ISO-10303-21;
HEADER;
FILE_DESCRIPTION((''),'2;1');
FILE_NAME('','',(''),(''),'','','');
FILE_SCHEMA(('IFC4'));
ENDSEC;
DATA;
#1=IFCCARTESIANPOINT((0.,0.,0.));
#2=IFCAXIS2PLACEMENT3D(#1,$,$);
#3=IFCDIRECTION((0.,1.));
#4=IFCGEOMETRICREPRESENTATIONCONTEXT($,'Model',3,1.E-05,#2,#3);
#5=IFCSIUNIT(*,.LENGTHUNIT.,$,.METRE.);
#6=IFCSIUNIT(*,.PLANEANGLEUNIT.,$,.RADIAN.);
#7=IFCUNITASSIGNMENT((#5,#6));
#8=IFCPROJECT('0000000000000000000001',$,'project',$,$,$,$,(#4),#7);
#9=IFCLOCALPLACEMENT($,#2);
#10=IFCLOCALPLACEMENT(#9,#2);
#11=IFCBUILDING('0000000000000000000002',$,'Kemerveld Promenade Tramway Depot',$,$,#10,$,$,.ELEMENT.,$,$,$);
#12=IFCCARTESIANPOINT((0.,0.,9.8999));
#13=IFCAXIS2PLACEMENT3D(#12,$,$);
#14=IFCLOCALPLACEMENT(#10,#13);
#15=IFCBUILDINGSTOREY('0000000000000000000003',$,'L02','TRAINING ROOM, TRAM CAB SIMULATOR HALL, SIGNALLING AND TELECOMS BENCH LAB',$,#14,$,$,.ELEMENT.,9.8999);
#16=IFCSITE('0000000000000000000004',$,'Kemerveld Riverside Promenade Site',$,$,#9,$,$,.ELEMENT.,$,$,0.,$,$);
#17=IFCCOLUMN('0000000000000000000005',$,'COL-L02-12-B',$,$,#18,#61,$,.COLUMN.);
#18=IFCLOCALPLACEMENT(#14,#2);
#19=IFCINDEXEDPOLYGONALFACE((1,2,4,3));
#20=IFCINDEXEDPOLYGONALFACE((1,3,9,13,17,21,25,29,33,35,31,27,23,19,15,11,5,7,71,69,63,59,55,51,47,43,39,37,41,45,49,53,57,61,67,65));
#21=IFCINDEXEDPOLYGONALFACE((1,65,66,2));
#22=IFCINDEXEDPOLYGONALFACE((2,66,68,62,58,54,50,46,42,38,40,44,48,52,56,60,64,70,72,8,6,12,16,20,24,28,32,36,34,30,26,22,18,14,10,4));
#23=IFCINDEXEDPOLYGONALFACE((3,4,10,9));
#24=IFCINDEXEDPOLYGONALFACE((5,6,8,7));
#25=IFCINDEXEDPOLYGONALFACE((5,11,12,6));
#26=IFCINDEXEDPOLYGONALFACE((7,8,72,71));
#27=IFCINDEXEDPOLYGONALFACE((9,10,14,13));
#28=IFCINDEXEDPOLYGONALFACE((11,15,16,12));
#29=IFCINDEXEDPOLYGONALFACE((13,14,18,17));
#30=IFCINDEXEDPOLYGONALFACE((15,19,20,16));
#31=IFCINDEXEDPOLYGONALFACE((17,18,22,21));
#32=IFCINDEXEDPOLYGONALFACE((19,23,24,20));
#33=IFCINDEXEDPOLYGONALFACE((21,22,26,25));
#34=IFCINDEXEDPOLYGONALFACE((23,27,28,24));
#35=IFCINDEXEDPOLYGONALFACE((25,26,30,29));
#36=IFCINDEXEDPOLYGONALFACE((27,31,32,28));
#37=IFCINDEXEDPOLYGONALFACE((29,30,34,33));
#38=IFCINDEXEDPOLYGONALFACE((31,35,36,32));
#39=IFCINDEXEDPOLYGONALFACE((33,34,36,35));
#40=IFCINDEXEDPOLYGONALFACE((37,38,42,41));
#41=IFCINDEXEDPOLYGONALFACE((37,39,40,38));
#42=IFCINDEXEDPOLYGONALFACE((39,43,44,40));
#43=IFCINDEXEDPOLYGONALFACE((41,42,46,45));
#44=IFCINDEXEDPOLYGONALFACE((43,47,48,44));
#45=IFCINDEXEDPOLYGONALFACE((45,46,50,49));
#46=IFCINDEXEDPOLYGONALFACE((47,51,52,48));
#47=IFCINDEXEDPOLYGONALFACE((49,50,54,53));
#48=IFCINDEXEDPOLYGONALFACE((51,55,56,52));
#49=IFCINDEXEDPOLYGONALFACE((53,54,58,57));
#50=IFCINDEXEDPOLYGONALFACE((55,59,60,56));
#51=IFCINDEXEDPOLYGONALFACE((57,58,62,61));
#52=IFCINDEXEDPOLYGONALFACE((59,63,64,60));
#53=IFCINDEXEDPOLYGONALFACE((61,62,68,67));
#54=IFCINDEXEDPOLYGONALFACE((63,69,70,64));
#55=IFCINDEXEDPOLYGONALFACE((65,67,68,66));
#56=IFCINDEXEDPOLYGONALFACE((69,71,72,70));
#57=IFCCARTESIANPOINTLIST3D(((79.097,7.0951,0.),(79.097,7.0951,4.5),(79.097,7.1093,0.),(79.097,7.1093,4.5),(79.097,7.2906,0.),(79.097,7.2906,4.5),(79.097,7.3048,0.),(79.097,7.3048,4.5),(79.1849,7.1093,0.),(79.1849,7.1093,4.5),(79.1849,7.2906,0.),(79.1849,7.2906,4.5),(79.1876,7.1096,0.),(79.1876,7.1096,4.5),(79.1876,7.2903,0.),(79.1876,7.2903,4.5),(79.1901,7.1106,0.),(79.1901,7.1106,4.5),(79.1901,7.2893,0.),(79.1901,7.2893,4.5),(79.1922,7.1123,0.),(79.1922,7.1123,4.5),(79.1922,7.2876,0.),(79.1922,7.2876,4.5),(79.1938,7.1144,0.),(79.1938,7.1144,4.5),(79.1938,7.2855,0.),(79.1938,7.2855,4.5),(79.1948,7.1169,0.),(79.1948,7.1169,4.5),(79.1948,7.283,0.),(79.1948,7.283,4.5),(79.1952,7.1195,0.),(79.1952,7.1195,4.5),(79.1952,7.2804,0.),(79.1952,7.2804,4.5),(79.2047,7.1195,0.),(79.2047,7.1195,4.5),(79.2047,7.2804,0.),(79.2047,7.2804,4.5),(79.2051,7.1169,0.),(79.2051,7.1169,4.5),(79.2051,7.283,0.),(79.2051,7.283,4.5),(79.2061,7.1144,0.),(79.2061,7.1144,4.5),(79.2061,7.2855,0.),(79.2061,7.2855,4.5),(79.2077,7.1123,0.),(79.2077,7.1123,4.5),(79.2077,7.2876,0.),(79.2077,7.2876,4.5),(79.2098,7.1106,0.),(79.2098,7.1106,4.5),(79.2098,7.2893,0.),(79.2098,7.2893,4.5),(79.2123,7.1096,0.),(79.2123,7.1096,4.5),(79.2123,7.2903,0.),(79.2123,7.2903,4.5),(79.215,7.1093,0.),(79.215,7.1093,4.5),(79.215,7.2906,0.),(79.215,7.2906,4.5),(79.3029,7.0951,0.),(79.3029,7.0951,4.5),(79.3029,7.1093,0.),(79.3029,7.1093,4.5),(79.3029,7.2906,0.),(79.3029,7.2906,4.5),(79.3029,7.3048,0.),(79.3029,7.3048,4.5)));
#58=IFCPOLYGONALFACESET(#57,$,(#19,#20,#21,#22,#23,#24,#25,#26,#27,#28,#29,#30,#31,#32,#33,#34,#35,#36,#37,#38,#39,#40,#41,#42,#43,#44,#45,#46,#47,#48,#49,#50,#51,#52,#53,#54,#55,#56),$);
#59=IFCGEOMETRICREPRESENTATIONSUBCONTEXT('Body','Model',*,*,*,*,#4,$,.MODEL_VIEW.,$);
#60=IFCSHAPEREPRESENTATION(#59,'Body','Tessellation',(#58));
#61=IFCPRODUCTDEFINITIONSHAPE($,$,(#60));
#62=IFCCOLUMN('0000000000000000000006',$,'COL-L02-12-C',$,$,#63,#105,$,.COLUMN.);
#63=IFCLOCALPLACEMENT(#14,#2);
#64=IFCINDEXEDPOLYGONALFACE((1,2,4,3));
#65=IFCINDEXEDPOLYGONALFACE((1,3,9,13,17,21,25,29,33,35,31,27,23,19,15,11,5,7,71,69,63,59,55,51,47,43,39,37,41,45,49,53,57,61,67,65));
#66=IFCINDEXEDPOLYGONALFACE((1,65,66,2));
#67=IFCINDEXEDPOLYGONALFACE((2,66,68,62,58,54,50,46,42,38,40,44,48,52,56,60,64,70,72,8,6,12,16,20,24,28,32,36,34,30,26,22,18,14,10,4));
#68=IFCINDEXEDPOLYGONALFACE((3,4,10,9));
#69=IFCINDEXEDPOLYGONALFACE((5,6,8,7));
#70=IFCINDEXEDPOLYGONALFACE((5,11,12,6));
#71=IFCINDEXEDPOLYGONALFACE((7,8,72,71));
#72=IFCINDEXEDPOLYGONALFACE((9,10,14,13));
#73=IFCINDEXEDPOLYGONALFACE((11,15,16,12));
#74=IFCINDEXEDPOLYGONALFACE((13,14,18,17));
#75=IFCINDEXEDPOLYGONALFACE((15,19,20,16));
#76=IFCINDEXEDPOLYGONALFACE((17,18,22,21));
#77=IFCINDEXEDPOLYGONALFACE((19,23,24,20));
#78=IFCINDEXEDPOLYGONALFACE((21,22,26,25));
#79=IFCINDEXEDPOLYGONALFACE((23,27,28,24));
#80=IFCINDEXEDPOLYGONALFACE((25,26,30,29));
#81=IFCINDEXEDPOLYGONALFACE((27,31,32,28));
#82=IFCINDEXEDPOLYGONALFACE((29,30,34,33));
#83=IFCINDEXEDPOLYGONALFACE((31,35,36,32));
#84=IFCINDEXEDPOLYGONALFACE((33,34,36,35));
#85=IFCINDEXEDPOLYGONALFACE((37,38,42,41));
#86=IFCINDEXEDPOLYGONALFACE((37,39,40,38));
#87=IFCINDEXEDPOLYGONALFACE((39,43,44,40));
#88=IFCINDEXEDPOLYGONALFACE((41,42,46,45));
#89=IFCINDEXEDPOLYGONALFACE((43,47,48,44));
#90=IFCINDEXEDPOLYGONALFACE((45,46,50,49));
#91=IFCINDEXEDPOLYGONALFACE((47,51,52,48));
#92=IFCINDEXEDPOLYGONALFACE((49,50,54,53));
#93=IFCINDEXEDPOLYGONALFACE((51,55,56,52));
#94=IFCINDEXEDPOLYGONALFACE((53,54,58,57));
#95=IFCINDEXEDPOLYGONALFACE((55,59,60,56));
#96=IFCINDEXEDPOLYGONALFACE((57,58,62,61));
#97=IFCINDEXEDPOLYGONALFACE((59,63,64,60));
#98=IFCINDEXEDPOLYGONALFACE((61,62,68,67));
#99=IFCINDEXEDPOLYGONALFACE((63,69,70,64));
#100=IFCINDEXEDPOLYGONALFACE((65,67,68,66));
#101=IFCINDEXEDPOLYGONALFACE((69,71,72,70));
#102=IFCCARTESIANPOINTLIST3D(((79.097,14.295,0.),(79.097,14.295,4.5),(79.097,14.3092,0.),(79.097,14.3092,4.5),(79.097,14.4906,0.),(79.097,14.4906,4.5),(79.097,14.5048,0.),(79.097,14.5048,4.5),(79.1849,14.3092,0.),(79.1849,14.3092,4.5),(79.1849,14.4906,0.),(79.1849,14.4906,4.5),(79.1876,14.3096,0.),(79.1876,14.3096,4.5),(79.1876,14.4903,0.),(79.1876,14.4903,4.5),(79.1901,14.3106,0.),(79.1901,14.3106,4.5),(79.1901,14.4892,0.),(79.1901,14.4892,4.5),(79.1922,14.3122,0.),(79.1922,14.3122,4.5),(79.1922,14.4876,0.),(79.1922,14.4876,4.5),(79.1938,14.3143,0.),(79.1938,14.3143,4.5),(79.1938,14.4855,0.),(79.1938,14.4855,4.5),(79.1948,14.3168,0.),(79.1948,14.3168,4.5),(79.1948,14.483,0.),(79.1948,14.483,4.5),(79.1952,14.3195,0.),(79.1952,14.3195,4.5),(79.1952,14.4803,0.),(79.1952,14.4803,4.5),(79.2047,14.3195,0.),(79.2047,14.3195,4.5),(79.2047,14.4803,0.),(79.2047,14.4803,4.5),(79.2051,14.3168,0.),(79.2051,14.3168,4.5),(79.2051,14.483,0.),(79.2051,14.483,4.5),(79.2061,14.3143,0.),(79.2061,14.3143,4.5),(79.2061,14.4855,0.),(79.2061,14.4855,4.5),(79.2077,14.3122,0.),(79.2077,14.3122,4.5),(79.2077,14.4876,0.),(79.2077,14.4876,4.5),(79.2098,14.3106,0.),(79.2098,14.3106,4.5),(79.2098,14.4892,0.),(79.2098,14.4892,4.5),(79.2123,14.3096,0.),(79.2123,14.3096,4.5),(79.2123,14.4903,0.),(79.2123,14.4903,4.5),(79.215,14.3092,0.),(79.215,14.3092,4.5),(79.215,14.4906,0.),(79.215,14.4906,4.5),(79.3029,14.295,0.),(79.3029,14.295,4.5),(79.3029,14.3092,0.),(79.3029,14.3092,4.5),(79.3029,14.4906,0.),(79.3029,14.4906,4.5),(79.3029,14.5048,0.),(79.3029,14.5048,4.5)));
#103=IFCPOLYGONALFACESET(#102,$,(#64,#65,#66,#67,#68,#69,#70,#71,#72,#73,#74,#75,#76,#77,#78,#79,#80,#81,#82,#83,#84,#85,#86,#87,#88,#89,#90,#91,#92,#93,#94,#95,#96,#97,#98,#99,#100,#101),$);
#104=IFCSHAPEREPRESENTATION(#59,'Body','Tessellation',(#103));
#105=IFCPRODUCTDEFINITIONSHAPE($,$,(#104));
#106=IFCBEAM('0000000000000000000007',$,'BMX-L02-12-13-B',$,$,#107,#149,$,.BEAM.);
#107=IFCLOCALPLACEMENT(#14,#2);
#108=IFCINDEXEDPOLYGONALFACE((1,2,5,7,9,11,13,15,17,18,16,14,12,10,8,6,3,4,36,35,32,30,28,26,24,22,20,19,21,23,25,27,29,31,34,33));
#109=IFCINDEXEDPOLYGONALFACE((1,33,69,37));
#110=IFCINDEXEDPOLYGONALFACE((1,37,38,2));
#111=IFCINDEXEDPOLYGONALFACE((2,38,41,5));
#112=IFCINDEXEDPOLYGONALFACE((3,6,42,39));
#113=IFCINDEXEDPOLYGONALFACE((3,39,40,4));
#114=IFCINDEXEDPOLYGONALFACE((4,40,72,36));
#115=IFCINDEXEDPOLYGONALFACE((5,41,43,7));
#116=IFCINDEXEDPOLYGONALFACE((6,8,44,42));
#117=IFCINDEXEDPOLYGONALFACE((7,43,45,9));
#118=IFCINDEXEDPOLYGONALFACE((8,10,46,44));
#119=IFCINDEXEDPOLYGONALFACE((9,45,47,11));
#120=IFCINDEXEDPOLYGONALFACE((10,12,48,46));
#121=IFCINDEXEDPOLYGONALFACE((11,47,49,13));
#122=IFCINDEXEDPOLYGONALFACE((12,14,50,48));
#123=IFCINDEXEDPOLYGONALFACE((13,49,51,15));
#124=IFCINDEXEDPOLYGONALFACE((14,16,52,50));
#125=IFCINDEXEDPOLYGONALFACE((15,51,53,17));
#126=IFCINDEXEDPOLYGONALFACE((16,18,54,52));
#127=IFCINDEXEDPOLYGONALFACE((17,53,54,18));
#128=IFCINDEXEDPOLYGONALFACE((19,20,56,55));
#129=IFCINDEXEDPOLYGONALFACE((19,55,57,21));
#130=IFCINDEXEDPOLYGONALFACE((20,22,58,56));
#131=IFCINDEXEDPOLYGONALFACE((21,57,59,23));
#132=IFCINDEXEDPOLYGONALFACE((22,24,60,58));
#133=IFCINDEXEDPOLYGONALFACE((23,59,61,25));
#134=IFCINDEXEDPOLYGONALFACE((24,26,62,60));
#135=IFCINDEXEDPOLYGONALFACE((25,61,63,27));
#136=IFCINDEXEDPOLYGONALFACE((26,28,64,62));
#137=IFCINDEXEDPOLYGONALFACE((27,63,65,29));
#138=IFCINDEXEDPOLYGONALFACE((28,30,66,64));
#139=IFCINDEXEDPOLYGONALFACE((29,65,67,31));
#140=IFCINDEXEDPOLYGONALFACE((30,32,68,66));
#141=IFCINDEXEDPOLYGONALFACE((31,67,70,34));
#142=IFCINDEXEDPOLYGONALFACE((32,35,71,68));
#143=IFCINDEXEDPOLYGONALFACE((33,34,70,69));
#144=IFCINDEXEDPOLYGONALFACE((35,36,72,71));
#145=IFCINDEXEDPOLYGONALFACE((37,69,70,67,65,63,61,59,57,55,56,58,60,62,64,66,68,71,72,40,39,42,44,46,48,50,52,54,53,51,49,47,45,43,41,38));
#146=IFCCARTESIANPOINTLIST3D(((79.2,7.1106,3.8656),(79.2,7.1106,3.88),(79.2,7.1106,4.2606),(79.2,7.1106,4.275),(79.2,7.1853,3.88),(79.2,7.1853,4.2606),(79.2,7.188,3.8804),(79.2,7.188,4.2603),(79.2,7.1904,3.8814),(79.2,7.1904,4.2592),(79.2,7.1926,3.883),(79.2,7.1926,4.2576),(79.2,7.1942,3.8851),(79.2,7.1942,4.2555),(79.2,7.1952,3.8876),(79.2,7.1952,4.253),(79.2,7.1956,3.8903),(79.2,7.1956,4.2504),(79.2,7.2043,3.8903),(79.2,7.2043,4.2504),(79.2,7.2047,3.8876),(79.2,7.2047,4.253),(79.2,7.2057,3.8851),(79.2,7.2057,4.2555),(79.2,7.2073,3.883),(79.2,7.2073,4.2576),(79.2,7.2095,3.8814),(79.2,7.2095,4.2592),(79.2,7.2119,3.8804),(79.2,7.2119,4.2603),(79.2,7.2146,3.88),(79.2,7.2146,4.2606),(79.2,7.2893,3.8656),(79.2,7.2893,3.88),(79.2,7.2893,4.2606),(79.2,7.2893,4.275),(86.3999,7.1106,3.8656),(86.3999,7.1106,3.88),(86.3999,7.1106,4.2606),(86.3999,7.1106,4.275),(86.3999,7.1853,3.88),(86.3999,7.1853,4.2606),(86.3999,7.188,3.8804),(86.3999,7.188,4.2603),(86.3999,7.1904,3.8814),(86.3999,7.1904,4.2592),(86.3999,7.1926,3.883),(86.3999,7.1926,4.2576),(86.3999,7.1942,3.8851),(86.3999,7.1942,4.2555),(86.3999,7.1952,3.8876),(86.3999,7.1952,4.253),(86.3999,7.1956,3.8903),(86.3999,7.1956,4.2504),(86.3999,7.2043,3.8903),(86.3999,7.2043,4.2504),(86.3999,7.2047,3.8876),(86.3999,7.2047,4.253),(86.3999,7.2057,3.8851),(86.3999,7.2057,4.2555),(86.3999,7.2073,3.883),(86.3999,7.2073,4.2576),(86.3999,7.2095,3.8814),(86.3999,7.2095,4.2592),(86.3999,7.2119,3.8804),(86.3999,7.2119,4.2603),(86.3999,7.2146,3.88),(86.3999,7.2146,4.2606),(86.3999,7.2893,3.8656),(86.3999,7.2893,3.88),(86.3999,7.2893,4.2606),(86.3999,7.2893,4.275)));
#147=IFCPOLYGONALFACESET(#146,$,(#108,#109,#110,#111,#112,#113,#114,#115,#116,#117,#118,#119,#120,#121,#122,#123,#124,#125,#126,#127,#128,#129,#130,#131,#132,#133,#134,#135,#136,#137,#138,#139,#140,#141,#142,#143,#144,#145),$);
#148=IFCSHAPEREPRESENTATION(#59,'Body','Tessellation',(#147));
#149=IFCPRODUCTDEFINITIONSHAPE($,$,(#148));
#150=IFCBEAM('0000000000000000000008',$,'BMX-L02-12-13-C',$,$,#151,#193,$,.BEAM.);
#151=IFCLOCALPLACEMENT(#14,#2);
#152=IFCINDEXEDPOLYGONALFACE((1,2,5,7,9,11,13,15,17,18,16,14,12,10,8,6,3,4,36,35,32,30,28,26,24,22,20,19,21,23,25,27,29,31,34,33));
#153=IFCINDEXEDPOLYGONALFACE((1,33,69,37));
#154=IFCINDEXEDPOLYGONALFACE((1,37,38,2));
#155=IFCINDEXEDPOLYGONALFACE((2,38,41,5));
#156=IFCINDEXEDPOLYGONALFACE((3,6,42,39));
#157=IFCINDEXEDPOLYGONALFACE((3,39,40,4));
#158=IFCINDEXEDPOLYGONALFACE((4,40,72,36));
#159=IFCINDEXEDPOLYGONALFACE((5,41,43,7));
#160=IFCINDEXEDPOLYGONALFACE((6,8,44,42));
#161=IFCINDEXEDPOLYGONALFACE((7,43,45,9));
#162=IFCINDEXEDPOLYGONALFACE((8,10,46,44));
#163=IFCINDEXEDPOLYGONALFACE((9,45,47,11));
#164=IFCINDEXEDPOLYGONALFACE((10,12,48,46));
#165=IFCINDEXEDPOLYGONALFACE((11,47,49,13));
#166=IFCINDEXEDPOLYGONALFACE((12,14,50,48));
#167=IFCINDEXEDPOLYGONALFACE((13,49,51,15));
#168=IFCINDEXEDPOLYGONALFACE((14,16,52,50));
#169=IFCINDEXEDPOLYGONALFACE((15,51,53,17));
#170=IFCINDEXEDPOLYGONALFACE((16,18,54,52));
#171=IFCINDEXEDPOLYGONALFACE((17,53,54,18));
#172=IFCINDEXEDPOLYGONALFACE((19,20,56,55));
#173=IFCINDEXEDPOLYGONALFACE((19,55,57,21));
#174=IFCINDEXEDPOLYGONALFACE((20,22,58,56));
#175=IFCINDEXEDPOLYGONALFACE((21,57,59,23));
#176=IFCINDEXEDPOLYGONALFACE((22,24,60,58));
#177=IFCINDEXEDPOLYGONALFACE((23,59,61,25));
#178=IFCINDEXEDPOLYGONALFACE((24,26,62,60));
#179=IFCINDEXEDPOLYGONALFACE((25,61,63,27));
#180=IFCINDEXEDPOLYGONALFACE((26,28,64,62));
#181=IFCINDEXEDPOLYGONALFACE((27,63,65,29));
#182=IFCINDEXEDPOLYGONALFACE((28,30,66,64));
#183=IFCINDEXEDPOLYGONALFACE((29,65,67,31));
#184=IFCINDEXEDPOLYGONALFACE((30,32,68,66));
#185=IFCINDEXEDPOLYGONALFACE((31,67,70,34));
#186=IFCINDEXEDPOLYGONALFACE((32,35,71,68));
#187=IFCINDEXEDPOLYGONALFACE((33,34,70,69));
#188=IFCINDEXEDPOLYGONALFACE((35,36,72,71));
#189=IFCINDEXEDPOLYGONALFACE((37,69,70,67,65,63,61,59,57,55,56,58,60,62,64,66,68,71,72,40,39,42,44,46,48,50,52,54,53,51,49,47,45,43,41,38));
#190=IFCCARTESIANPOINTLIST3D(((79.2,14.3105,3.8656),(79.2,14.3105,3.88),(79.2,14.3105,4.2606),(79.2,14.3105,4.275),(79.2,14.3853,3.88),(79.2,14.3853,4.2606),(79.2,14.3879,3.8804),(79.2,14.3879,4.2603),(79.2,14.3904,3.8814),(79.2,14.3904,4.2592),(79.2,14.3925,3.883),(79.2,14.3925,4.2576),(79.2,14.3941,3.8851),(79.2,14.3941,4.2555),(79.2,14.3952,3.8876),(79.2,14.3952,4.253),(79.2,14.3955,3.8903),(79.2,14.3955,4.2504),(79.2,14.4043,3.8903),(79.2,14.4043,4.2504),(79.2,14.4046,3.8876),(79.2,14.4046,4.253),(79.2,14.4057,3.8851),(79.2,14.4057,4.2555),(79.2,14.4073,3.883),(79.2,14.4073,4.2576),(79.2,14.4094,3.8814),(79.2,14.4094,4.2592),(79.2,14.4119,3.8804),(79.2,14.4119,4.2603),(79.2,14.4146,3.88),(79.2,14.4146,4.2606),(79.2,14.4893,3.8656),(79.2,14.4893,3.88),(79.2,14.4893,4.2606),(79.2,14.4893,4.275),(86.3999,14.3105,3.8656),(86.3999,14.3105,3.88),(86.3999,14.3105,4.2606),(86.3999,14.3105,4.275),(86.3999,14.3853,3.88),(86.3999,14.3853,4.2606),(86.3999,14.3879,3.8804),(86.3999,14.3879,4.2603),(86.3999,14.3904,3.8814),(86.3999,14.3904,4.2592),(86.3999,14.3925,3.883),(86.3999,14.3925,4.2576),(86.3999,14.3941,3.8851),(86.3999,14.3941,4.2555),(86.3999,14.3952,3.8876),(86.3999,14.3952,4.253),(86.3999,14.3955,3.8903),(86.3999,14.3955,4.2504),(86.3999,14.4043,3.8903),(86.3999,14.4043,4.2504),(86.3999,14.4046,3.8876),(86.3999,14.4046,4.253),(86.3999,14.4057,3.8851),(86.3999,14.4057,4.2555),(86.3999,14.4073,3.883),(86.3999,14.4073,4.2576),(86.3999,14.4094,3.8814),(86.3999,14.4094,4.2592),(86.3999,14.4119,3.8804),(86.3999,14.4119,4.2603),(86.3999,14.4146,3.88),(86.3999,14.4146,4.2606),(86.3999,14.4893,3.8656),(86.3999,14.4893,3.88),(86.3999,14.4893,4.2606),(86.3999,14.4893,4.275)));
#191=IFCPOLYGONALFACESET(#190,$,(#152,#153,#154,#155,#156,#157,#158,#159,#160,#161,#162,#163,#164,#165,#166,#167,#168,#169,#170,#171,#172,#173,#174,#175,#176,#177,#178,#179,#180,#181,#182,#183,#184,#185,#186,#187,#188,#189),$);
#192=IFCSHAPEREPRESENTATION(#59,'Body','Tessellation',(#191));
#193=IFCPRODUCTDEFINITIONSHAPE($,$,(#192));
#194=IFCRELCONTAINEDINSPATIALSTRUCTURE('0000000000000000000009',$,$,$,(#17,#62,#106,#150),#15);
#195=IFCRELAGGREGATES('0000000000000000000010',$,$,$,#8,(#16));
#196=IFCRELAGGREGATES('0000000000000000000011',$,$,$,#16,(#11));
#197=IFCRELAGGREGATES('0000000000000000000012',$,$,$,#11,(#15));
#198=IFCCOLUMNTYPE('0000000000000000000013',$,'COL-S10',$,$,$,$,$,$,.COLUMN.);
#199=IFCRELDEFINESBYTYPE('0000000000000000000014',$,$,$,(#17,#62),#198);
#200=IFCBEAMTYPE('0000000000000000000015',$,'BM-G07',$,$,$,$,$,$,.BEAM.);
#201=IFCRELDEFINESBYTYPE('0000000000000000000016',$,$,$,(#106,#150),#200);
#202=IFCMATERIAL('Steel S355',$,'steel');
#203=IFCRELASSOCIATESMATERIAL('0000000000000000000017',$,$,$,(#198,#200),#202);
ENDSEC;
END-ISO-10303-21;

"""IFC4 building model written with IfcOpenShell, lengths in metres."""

from ifc_helpers import new_model, si_unit, direction, frame, origin, origin_2d, place, context, subcontext, project, spatial, i_section, extrude, material, material_profile, profile_set, type_object, element, save


model = new_model("IFC4")

# Units and contexts
model_context = context("Model", 3, precision=1e-05, world=origin(), true_north=direction((0.0, 1.0)))
body_context = subcontext(model_context, "Body", "Model", "MODEL_VIEW")
ifc_project = project(units=[si_unit("LENGTHUNIT", "METRE"), si_unit("PLANEANGLEUNIT", "RADIAN")], contexts=[model_context])

# Site, building, storey
site_placement = place(None, origin())
site = spatial("IfcSite", under=ifc_project, at=site_placement, Name="Kemerveld Riverside Promenade Site", CompositionType="ELEMENT", RefElevation=0.0)
building_placement = place(site_placement, origin())
building = spatial("IfcBuilding", under=site, at=building_placement, Name="Kemerveld Promenade Tramway Depot", CompositionType="ELEMENT")
storey_placement = place(building_placement, frame((0.0, 0.0, 9.8999)))
storey = spatial("IfcBuildingStorey", under=building, at=storey_placement, Name="L02", Description="TRAINING ROOM, TRAM CAB SIMULATOR HALL, SIGNALLING AND TELECOMS BENCH LAB", CompositionType="ELEMENT", Elevation=9.8999)

# Columns
ifc_material_1 = material(Name="Steel S355", Category="steel")
ifc_material_profile_1 = material_profile(ifc_material_1, i_section(OverallWidth=0.2058, OverallDepth=0.2097, WebThickness=0.0095, FlangeThickness=0.0142, FilletRadius=0.0103, at=origin_2d()), Name="203x203x60 UC")
ifc_profile_set_1 = profile_set([ifc_material_profile_1], Name="Steel S355")
column_type = type_object("IfcColumnType", Name="COL-S10", PredefinedType="COLUMN", material=ifc_profile_set_1)
for number, where, z_axis, x_axis, name in (
    (1, (79.2, 7.2, 0.0), (0.0, 0.0, 1.0), (1.0, 0.0, 0.0), "COL-L02-12-B"),
    (2, (79.2, 14.3999, 0.0), (0.0, 0.0, 1.0), (1.0, 0.0, 0.0), "COL-L02-12-C"),
):
    element("IfcColumn", number, at=place(storey_placement, frame(where, z_axis=z_axis, x_axis=x_axis)), inside=storey, type_object=column_type, Name=name, PredefinedType="COLUMN", context=body_context, shape_type="SweptSolid", body=[
        extrude(i_section(OverallWidth=0.2058, OverallDepth=0.2097, WebThickness=0.0095, FlangeThickness=0.0142, FilletRadius=0.0103, at=origin_2d()), origin(), (0.0, 0.0, 1.0), 4.5),
    ])

# Beams
ifc_material_profile_2 = material_profile(ifc_material_1, i_section(OverallWidth=0.1787, OverallDepth=0.4094, WebThickness=0.0088, FlangeThickness=0.0144, FilletRadius=0.0103, at=origin_2d()), Name="406x178x67 UB")
ifc_profile_set_2 = profile_set([ifc_material_profile_2], Name="Steel S355")
beam_type_1 = type_object("IfcBeamType", Name="BM-G07", PredefinedType="BEAM", material=ifc_profile_set_2)
for number, where, z_axis, x_axis, name in (
    (3, (79.2, 7.2, 4.0703), (1.0, 0.0, 0.0), (0.0, 1.0, 0.0), "BMX-L02-12-13-B"),
    (4, (79.2, 14.3999, 4.0703), (1.0, 0.0, 0.0), (0.0, 1.0, 0.0), "BMX-L02-12-13-C"),
):
    element("IfcBeam", number, at=place(storey_placement, frame(where, z_axis=z_axis, x_axis=x_axis)), inside=storey, type_object=beam_type_1, Name=name, PredefinedType="BEAM", context=body_context, shape_type="SweptSolid", body=[
        extrude(i_section(OverallWidth=0.1787, OverallDepth=0.4094, WebThickness=0.0088, FlangeThickness=0.0144, FilletRadius=0.0103, at=origin_2d()), origin(), (0.0, 0.0, 1.0), 7.2),
    ])

save(model, "model.ifc")
